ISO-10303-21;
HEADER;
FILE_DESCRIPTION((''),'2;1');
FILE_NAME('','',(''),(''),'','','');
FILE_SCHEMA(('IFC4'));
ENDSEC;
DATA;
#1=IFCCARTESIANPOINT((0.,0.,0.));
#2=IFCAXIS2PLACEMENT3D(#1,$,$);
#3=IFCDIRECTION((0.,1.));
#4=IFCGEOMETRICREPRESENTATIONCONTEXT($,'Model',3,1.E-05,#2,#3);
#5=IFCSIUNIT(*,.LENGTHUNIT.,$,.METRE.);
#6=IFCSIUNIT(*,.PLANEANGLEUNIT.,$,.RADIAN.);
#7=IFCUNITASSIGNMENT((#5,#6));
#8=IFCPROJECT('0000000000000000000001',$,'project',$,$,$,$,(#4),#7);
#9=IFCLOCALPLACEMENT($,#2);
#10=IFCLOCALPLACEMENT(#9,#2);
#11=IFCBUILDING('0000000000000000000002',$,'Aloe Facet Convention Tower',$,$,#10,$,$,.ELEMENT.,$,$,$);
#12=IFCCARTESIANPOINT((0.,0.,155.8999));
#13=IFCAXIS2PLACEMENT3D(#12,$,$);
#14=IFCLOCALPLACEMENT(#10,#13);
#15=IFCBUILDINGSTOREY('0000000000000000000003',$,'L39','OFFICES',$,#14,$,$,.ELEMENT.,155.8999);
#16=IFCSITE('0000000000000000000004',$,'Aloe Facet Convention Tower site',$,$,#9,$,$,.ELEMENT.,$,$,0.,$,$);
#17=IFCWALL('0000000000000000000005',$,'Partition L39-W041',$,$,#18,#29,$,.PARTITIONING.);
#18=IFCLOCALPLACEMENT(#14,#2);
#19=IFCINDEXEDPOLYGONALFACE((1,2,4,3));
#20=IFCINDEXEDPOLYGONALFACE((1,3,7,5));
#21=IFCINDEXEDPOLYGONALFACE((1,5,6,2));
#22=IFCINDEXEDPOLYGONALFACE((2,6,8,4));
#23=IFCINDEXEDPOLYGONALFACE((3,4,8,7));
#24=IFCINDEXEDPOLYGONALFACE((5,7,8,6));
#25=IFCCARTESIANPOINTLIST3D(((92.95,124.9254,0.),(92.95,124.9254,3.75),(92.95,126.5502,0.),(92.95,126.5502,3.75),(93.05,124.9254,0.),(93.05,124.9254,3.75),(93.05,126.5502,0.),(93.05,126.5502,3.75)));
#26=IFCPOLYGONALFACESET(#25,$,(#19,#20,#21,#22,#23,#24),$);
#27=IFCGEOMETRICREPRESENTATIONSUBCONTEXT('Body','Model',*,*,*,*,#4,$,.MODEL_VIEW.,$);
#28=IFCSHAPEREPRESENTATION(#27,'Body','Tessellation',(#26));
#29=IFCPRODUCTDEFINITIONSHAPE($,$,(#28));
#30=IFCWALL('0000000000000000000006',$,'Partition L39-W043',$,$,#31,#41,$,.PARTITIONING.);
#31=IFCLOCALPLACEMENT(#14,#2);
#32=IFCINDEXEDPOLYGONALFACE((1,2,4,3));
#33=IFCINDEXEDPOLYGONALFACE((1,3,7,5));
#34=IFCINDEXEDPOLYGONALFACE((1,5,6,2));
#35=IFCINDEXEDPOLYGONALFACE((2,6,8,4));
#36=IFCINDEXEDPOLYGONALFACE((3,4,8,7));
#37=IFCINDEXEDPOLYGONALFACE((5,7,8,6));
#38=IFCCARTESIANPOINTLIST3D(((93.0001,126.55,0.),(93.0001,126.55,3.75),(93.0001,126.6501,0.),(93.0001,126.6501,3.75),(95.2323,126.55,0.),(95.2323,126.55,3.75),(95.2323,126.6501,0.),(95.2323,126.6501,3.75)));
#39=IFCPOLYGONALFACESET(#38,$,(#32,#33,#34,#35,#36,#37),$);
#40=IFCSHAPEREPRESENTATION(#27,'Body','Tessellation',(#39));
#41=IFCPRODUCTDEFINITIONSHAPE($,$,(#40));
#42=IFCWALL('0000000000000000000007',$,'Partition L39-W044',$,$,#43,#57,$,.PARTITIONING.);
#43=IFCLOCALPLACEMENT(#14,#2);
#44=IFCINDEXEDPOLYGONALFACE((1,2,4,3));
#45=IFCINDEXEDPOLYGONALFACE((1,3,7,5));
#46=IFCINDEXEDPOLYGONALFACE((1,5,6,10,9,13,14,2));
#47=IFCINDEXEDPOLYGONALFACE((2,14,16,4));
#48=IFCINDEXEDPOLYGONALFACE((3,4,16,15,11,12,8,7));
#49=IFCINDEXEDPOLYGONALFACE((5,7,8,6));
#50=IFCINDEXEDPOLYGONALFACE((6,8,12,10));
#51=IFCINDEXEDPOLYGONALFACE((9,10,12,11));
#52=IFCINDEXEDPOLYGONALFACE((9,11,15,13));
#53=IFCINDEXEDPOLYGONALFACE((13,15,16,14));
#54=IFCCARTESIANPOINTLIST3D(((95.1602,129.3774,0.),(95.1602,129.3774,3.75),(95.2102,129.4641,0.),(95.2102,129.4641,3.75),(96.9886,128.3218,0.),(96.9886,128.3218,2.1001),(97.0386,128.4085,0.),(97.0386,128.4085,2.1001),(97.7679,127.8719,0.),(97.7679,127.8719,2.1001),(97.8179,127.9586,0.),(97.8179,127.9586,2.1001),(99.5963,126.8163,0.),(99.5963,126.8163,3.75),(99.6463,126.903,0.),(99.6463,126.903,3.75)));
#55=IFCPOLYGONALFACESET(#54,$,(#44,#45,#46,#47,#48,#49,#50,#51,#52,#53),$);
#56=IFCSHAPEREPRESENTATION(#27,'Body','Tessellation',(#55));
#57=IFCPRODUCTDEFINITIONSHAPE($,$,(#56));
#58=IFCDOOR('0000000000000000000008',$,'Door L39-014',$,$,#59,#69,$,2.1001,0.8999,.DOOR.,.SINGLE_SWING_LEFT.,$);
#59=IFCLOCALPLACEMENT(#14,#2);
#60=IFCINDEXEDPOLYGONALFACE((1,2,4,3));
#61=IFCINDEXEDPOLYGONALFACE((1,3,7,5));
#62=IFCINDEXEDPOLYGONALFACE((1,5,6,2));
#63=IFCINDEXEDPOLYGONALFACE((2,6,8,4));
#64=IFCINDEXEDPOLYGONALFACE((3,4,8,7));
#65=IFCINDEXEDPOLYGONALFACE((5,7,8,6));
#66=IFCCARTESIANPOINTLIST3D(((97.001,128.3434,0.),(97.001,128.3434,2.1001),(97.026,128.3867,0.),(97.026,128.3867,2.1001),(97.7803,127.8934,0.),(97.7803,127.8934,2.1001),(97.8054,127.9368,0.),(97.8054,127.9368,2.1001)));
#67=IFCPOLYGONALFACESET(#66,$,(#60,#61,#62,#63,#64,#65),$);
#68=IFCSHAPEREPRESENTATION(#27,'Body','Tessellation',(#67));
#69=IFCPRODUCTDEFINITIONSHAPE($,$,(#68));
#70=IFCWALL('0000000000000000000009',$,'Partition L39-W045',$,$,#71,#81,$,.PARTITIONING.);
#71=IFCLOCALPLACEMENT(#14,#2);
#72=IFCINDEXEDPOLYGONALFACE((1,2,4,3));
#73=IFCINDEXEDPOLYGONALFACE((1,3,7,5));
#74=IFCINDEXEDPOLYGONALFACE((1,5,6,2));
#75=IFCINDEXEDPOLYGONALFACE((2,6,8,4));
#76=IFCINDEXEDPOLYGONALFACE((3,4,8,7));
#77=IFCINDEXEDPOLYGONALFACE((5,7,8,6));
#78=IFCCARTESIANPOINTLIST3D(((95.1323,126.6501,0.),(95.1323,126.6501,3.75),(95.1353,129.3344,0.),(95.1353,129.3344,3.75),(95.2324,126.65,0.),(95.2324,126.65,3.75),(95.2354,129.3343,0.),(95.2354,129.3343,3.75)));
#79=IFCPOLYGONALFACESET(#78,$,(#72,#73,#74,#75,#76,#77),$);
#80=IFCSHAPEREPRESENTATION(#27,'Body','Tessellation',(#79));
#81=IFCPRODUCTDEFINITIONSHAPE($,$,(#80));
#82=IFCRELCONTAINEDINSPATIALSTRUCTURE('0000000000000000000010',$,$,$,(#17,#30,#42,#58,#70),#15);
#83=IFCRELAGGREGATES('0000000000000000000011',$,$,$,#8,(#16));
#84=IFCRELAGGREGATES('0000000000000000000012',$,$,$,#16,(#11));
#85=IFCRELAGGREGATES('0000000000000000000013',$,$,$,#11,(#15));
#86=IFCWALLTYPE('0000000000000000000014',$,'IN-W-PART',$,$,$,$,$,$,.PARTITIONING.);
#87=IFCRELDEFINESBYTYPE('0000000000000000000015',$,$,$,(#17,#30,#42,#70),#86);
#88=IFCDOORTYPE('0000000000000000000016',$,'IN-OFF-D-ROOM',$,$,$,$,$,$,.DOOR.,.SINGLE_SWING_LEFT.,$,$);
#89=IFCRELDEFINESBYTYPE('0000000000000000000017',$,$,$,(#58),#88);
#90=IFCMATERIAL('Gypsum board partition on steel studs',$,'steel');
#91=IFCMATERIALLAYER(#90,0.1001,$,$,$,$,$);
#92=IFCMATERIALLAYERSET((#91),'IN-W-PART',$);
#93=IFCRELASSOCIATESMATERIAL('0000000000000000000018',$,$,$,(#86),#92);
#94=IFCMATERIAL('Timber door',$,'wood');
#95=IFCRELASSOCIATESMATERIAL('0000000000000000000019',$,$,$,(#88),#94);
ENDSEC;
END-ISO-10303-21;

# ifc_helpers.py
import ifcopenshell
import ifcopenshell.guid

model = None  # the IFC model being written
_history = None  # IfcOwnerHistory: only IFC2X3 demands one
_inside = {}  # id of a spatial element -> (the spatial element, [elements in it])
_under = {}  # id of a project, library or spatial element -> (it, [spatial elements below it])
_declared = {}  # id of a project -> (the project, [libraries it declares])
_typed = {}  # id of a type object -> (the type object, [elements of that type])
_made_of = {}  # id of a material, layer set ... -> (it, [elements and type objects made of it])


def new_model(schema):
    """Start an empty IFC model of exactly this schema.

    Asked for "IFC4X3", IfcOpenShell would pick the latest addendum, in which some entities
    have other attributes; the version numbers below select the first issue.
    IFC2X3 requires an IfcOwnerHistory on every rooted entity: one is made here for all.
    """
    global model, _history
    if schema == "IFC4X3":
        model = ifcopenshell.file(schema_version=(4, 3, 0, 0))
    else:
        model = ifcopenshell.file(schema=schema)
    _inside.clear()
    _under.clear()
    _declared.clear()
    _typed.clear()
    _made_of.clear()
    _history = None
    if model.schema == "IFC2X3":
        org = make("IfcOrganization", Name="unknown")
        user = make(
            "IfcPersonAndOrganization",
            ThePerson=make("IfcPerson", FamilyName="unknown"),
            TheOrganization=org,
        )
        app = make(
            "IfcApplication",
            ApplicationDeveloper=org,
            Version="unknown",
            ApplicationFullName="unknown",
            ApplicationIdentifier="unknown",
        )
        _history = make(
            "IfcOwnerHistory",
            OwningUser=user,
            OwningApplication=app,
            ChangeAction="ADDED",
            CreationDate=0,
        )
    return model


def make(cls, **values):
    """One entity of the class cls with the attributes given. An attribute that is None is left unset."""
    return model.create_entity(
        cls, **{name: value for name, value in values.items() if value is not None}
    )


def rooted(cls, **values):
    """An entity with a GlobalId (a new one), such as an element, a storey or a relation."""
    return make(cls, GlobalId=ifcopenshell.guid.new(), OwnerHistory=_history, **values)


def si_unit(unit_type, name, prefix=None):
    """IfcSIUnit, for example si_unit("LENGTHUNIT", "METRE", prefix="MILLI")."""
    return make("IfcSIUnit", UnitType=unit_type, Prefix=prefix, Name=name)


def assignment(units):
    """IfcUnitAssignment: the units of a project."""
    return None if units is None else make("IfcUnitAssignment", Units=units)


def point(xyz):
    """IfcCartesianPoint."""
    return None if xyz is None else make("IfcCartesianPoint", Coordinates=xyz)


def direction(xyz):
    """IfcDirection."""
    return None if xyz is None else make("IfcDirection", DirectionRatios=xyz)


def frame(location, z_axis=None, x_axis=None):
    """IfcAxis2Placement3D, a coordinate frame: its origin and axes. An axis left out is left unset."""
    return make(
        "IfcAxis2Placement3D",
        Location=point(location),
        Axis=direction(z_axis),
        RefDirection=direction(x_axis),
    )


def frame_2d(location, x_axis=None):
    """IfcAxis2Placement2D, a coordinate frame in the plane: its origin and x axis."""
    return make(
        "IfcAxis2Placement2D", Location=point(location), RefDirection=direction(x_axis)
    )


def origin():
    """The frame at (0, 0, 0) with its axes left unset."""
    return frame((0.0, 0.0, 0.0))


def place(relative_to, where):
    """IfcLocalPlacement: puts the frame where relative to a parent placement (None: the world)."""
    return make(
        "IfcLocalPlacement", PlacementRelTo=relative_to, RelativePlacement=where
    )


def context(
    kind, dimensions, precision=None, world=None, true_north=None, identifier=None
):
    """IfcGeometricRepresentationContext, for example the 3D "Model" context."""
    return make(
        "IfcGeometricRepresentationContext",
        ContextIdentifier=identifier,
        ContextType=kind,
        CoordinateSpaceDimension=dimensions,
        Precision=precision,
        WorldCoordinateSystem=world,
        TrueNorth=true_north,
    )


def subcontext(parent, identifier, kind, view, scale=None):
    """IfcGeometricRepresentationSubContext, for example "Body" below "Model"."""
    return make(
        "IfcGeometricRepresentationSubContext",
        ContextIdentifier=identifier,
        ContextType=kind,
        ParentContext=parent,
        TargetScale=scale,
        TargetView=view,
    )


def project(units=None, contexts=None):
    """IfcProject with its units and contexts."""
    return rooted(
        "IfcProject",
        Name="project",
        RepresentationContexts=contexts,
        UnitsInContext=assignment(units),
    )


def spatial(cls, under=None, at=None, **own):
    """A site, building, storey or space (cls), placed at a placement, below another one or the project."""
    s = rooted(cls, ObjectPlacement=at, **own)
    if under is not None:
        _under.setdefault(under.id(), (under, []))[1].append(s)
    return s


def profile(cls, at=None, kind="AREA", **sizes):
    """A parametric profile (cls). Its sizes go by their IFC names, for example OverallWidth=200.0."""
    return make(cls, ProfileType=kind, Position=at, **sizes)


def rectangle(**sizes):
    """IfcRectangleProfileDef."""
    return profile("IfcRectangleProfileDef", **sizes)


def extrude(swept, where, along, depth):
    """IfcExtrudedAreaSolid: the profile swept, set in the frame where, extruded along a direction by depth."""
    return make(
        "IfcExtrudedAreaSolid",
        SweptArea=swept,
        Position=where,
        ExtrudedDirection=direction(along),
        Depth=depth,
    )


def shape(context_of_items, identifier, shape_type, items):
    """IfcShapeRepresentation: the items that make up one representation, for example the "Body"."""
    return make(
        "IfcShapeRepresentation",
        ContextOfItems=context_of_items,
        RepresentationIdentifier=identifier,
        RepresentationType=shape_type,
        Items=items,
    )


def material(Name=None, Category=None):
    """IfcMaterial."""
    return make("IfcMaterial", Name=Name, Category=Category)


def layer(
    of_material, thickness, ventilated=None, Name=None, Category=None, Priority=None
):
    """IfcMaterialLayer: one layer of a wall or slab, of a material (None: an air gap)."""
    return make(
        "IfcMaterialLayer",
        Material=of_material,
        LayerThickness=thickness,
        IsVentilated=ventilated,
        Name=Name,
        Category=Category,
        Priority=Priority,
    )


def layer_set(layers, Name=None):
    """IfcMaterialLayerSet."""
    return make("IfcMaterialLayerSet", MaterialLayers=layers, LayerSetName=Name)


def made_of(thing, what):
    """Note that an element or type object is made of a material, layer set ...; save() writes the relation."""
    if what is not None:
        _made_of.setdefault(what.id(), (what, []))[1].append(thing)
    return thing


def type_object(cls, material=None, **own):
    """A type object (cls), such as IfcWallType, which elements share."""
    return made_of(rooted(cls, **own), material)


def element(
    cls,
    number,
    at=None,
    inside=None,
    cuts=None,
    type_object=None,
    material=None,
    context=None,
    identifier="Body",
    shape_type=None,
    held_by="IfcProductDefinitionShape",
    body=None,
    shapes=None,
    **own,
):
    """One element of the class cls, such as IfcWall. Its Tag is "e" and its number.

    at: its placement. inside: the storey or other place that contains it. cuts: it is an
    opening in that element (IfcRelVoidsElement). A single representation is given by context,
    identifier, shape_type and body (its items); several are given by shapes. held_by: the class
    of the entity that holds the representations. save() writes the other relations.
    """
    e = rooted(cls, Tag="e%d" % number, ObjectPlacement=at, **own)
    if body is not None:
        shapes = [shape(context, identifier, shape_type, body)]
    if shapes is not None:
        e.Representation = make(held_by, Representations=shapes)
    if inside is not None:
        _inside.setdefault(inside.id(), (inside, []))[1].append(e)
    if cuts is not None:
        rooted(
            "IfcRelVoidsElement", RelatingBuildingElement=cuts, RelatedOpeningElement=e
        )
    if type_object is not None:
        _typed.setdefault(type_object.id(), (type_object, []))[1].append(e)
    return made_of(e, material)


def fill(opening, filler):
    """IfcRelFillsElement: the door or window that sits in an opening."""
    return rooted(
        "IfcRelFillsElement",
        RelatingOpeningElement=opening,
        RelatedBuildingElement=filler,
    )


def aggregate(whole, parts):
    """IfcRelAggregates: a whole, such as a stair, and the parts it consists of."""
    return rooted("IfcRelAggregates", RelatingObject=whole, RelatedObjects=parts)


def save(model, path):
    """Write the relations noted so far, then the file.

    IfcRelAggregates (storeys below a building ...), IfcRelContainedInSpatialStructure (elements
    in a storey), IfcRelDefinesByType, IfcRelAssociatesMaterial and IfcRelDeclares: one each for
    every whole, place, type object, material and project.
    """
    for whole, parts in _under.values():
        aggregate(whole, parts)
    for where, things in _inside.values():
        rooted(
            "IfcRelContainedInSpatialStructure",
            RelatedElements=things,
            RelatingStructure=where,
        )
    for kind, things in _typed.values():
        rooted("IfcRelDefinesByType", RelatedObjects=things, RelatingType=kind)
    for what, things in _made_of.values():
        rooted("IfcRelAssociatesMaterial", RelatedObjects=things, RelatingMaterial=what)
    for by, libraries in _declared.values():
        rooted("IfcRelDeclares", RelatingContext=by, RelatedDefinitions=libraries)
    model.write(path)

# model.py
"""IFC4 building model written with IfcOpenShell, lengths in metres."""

from ifc_helpers import new_model, si_unit, direction, frame, frame_2d, origin, place, context, subcontext, project, spatial, rectangle, extrude, material, layer, layer_set, type_object, element, fill, save


model = new_model("IFC4")

# Units and contexts
model_context = context("Model", 3, precision=1e-05, world=origin(), true_north=direction((0.0, 1.0)))
body_context = subcontext(model_context, "Body", "Model", "MODEL_VIEW")
ifc_project = project(units=[si_unit("LENGTHUNIT", "METRE"), si_unit("PLANEANGLEUNIT", "RADIAN")], contexts=[model_context])

# Site, building, storey
site_placement = place(None, origin())
site = spatial("IfcSite", under=ifc_project, at=site_placement, Name="Aloe Facet Convention Tower site", CompositionType="ELEMENT", RefElevation=0.0)
building_placement = place(site_placement, origin())
building = spatial("IfcBuilding", under=site, at=building_placement, Name="Aloe Facet Convention Tower", CompositionType="ELEMENT")
storey_placement = place(building_placement, frame((0.0, 0.0, 155.8999)))
storey = spatial("IfcBuildingStorey", under=building, at=storey_placement, Name="L39", Description="OFFICES", CompositionType="ELEMENT", Elevation=155.8999)

# Walls
ifc_material_1 = material(Name="Gypsum board partition on steel studs", Category="steel")
ifc_layer_1 = layer(ifc_material_1, 0.1001)
ifc_layer_set_1 = layer_set([ifc_layer_1], Name="IN-W-PART")
wall_type_1 = type_object("IfcWallType", Name="IN-W-PART", PredefinedType="PARTITIONING", material=ifc_layer_set_1)
wall_1_placement = place(storey_placement, frame((93.0, 124.9253, 0.0), z_axis=(0.0, 0.0, 1.0), x_axis=(0.0, 1.0, 0.0)))
element("IfcWall", 1, at=wall_1_placement, inside=storey, type_object=wall_type_1, Name="Partition L39-W041", PredefinedType="PARTITIONING", context=body_context, shape_type="SweptSolid", body=[
    extrude(rectangle(XDim=1.6248, YDim=0.1001, at=frame_2d((0.8125, 0.0))), origin(), (0.0, 0.0, 1.0), 3.75),
])
wall_2_placement = place(storey_placement, frame((93.0, 126.6001, 0.0), z_axis=(0.0, 0.0, 1.0), x_axis=(1.0, 0.0, 0.0)))
element("IfcWall", 2, at=wall_2_placement, inside=storey, type_object=wall_type_1, Name="Partition L39-W043", PredefinedType="PARTITIONING", context=body_context, shape_type="SweptSolid", body=[
    extrude(rectangle(XDim=2.2322, YDim=0.1001, at=frame_2d((1.1162, 0.0))), origin(), (0.0, 0.0, 1.0), 3.75),
])

# Wall, opening, door
wall_3_placement = place(storey_placement, frame((95.1853, 129.4207, 0.0), z_axis=(0.0, 0.0, 1.0), x_axis=(0.866035, -0.499984, 0.0)))
wall_3 = element("IfcWall", 3, at=wall_3_placement, inside=storey, type_object=wall_type_1, Name="Partition L39-W044", PredefinedType="PARTITIONING", context=body_context, shape_type="SweptSolid", body=[
    extrude(rectangle(XDim=5.1223, YDim=0.1001, at=frame_2d((2.561, 0.0))), origin(), (0.0, 0.0, 1.0), 3.75),
])
opening_1_placement = place(wall_3_placement, frame((2.1111, 0.0, 0.0)))
opening_1 = element("IfcOpeningElement", 4, at=opening_1_placement, cuts=wall_3, PredefinedType="OPENING", context=body_context, shape_type="SweptSolid", body=[
    extrude(rectangle(XDim=0.8999, YDim=2.1001, at=frame_2d((0.45, 1.05))), frame((0.0, 0.0601, 0.0), z_axis=(0.0, -1.0, 0.0), x_axis=(1.0, 0.0, 0.0)), (0.0, 0.0, 1.0), 0.1201),
])
ifc_material_2 = material(Name="Timber door", Category="wood")
door_type = type_object("IfcDoorType", Name="IN-OFF-D-ROOM", OperationType="SINGLE_SWING_LEFT", PredefinedType="DOOR", material=ifc_material_2)
door_placement = place(opening_1_placement, origin())
door = element("IfcDoor", 5, at=door_placement, inside=storey, type_object=door_type, Name="Door L39-014", OperationType="SINGLE_SWING_LEFT", OverallHeight=2.1001, OverallWidth=0.8999, PredefinedType="DOOR", context=body_context, shape_type="SweptSolid", body=[
    extrude(rectangle(XDim=0.8999, YDim=2.1001, at=frame_2d((0.45, 1.05))), frame((0.0, 0.0249, 0.0), z_axis=(0.0, -1.0, 0.0), x_axis=(1.0, 0.0, 0.0)), (0.0, 0.0, 1.0), 0.05),
])
fill(opening_1, door)

# Wall
wall_4_placement = place(storey_placement, frame((95.1824, 126.6499, 0.0), z_axis=(0.0, 0.0, 1.0), x_axis=(0.001091, 0.999999, 0.0)))
element("IfcWall", 6, at=wall_4_placement, inside=storey, type_object=wall_type_1, Name="Partition L39-W045", PredefinedType="PARTITIONING", context=body_context, shape_type="SweptSolid", body=[
    extrude(rectangle(XDim=2.6843, YDim=0.1001, at=frame_2d((1.3423, 0.0))), origin(), (0.0, 0.0, 1.0), 3.75),
])

save(model, "model.ifc")
